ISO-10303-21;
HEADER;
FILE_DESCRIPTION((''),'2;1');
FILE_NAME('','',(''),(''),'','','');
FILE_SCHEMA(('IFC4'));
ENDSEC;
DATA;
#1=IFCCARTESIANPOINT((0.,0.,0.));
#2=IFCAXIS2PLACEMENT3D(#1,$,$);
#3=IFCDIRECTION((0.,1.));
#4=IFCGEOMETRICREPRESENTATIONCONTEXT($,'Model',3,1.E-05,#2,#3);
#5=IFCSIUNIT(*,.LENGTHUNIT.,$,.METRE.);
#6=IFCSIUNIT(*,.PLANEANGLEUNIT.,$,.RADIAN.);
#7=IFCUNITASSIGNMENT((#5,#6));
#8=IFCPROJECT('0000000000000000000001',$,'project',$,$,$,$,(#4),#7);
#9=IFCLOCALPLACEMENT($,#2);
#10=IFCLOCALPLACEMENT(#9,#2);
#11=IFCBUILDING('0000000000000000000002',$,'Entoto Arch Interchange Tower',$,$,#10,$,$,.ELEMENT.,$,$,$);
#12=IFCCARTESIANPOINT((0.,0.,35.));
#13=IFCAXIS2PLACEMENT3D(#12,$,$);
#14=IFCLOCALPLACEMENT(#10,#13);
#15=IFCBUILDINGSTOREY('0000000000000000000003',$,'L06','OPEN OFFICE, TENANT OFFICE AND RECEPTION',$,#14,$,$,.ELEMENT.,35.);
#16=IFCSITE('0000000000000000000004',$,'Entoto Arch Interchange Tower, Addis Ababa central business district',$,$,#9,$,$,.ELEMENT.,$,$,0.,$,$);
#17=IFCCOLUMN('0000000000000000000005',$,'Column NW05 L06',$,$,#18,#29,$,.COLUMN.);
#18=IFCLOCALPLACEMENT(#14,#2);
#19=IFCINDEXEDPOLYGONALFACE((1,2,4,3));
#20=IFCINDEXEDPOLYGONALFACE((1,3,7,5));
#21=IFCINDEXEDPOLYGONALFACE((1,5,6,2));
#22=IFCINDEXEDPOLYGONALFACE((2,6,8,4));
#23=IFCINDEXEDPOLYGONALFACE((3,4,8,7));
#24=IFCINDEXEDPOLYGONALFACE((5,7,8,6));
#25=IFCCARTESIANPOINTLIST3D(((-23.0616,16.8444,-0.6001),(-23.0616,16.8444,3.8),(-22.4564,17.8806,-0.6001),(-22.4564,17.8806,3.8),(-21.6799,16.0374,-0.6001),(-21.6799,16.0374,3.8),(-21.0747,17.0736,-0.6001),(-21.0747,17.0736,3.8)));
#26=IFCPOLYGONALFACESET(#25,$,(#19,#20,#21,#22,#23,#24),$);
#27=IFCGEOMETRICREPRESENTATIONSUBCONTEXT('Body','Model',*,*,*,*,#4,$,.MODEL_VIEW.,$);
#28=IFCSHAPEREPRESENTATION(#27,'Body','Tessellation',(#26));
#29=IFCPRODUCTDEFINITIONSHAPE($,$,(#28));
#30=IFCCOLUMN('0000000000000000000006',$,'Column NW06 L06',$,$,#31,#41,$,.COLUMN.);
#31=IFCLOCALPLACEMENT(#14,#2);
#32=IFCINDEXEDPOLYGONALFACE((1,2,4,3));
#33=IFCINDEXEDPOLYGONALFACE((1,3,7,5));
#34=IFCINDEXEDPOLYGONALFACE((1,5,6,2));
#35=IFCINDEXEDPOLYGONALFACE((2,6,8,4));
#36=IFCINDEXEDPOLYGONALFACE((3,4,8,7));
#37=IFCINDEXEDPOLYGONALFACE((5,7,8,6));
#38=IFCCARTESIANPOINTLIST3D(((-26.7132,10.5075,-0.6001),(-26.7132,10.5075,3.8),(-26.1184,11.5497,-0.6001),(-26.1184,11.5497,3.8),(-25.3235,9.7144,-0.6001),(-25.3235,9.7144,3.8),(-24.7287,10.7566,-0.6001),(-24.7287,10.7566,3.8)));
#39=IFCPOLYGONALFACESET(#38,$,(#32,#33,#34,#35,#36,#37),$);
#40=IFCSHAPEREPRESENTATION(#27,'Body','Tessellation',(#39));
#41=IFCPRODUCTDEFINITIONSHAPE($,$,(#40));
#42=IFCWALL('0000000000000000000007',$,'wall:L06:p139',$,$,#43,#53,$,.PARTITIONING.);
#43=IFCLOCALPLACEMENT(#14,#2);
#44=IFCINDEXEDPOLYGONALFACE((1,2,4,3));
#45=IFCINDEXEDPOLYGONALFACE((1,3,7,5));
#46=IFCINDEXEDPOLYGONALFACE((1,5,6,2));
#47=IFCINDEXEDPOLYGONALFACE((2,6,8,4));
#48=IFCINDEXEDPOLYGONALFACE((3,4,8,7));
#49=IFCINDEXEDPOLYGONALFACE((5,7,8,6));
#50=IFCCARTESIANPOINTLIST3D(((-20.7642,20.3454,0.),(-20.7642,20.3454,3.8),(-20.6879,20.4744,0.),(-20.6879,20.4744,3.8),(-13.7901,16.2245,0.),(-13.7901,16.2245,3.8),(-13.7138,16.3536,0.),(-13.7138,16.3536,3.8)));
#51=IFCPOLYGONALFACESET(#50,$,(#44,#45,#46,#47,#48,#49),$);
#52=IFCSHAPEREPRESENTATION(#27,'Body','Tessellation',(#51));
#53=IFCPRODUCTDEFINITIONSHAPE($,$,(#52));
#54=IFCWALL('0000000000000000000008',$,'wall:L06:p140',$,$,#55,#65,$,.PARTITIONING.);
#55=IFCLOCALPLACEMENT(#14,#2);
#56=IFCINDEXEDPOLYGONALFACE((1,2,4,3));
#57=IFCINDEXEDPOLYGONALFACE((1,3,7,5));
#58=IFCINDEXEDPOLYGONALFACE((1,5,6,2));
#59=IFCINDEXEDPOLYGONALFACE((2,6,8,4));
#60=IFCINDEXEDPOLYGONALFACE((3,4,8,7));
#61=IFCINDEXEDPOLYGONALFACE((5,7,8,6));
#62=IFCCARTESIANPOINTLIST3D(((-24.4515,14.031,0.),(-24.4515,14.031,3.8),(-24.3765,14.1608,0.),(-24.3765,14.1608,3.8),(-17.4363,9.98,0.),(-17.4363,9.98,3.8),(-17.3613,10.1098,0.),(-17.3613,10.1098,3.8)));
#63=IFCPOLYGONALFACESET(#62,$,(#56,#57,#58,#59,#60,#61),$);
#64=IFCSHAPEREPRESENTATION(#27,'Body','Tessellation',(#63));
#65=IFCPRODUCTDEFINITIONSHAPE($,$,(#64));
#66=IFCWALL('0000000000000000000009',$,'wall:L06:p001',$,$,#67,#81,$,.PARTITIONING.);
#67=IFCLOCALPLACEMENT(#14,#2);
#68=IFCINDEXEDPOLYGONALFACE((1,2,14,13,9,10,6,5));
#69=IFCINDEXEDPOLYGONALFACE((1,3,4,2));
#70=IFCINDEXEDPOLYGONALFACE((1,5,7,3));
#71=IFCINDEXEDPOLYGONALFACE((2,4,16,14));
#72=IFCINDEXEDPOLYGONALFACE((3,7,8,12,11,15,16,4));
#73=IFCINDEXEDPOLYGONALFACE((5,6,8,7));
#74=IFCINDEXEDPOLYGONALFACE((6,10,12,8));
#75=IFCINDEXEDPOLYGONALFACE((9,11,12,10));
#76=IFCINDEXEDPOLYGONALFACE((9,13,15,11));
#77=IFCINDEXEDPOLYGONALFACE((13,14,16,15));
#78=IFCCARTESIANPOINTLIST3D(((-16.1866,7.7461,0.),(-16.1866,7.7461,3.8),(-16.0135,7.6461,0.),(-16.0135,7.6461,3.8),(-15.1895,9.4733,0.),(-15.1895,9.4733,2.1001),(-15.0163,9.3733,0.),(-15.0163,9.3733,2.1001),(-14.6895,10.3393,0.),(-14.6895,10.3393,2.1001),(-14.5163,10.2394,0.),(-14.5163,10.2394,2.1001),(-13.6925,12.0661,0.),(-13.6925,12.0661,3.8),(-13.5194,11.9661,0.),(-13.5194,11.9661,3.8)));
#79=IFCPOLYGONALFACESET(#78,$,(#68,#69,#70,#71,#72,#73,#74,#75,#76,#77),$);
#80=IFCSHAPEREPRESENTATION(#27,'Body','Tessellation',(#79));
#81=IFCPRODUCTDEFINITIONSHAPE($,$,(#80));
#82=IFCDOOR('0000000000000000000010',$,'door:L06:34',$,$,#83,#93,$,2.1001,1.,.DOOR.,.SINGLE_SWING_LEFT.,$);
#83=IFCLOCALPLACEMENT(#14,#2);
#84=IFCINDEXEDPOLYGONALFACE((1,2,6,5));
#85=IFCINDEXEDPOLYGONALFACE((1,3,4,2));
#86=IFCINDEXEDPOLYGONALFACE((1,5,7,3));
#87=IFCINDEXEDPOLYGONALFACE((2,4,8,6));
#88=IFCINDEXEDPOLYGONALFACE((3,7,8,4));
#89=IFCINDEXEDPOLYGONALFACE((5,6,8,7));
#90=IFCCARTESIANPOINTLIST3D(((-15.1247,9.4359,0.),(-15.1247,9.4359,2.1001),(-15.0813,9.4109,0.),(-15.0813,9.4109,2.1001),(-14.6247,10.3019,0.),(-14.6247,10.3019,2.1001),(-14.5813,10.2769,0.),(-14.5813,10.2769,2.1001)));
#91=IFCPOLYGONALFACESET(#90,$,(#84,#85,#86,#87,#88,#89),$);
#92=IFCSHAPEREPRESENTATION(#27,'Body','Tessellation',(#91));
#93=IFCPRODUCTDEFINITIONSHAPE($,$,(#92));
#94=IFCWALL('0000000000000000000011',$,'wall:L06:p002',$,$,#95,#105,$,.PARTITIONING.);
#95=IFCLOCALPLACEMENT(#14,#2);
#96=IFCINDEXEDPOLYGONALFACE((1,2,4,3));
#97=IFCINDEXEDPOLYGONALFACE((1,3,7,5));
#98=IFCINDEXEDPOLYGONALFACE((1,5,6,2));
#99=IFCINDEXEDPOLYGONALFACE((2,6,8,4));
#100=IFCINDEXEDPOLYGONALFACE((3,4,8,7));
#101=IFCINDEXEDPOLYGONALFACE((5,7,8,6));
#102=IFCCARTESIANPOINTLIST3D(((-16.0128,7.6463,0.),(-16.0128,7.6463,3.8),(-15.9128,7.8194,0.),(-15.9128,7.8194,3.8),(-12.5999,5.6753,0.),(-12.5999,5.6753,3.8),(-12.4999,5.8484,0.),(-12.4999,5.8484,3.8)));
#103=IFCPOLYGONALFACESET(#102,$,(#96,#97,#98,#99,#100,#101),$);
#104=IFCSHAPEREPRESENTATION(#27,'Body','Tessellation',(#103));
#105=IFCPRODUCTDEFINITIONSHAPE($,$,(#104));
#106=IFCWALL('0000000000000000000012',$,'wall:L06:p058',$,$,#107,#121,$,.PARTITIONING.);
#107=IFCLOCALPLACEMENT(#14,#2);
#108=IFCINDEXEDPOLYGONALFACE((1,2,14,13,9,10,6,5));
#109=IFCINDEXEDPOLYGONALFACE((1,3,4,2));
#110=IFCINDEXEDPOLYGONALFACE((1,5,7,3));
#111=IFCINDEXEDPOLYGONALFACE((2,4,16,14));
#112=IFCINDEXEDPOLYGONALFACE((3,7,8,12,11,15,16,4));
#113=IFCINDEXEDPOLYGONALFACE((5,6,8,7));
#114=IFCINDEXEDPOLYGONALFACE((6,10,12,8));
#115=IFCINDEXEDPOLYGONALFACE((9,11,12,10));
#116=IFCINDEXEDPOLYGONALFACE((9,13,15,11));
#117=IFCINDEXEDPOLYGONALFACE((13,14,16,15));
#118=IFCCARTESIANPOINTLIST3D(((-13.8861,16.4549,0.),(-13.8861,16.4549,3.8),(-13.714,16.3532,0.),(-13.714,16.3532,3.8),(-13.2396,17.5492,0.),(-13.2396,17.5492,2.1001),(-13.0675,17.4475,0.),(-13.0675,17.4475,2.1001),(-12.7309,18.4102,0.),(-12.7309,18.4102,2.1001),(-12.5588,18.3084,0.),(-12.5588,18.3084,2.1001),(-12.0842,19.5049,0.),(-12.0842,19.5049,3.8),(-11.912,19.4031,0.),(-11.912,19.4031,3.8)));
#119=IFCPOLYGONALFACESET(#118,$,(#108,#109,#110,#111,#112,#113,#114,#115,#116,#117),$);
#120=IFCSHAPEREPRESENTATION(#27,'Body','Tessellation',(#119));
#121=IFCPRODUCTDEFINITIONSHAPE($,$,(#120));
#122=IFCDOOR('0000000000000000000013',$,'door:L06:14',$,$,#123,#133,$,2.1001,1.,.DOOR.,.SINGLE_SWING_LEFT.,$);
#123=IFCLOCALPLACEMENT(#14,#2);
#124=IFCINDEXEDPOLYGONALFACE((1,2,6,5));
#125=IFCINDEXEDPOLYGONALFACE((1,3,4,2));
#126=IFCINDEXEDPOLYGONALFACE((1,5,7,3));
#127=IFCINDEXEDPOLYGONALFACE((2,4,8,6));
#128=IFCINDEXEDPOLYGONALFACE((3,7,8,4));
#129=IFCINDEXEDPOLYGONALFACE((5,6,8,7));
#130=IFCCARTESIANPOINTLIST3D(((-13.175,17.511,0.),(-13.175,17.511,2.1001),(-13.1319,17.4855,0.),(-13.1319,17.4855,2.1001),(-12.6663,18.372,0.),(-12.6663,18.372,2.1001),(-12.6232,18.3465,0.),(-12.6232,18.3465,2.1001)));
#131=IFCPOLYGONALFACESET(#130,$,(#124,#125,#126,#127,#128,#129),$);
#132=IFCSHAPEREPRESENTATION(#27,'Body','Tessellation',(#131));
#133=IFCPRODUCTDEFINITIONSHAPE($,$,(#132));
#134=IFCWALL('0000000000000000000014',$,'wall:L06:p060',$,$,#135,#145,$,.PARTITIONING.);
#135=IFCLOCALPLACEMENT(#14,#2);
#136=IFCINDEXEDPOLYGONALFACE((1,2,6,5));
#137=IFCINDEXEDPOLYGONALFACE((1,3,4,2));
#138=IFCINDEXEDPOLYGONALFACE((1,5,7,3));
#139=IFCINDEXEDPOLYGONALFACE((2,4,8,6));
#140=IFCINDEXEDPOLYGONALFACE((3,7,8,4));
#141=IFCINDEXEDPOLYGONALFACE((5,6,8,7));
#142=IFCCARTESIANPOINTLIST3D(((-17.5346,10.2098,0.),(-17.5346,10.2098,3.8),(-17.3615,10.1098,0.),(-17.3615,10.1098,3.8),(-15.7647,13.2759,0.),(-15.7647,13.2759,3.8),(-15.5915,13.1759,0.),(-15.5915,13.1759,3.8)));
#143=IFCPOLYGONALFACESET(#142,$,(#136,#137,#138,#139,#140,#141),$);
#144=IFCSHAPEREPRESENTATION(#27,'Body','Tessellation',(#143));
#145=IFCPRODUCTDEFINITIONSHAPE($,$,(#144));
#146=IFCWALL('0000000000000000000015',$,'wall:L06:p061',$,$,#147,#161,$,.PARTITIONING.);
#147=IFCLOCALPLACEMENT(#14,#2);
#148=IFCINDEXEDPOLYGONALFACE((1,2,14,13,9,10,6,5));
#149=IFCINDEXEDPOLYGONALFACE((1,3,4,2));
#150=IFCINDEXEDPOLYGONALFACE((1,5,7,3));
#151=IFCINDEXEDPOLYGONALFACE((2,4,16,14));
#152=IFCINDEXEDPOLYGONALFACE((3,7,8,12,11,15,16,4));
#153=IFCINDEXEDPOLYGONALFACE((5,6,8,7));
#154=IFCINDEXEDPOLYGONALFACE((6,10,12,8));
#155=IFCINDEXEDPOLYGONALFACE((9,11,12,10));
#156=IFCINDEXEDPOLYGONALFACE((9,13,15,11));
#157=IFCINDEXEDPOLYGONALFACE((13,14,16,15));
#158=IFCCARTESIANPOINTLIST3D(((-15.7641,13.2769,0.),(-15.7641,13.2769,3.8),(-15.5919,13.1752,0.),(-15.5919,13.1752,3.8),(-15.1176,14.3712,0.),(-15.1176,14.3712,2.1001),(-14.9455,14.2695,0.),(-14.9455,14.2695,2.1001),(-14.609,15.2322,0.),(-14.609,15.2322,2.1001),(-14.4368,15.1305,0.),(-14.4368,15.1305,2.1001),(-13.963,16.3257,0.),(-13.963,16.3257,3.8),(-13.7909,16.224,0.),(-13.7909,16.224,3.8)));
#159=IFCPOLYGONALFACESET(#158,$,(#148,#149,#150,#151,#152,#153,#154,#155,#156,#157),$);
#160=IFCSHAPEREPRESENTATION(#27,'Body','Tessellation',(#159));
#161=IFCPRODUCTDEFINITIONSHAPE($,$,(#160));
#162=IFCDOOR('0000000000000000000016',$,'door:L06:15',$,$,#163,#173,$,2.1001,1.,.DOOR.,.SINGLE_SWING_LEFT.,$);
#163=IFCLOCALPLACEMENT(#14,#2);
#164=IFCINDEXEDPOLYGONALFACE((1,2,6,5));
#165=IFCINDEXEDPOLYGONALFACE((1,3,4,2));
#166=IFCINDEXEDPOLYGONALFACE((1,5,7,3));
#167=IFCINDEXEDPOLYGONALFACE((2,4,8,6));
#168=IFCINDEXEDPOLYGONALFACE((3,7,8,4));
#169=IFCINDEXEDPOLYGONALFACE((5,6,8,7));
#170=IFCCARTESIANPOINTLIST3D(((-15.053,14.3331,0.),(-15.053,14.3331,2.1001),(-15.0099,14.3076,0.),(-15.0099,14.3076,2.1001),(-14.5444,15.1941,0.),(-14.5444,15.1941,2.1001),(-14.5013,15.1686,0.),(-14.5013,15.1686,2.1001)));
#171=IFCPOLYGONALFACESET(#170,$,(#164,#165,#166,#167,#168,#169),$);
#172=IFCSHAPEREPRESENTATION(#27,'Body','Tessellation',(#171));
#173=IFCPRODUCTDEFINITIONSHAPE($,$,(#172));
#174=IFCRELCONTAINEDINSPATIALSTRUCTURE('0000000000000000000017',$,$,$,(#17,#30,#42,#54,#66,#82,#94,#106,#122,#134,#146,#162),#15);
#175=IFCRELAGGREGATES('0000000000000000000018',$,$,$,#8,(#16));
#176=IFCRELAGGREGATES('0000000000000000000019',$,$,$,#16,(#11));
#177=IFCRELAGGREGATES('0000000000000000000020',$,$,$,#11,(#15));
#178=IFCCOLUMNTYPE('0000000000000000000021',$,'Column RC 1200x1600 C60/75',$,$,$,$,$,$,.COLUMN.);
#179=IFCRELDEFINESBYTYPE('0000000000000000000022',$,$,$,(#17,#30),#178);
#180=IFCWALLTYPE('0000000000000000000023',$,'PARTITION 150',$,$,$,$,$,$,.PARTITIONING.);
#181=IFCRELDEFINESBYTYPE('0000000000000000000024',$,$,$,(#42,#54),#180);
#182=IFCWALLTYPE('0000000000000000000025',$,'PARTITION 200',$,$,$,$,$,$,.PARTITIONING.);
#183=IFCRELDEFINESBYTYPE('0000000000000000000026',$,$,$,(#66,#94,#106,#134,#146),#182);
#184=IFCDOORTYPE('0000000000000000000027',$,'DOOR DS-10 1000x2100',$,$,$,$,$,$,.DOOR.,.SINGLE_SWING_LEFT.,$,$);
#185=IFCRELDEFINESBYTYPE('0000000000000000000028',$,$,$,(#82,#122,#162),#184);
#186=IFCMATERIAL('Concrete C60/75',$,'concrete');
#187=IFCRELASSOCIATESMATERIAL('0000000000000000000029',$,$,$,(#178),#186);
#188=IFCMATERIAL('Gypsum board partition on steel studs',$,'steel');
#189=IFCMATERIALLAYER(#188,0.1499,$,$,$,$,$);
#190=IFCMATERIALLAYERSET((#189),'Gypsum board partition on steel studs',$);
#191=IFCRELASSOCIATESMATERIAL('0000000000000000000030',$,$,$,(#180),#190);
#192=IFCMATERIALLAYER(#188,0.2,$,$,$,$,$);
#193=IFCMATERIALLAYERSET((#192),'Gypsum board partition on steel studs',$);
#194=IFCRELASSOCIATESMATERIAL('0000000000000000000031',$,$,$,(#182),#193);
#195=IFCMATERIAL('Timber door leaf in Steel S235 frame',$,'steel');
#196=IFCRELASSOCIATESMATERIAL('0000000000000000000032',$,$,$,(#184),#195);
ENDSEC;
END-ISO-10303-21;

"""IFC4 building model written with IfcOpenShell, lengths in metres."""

from ifc_helpers import new_model, si_unit, direction, frame, frame_2d, origin, origin_2d, place, context, subcontext, project, spatial, rectangle, extrude, material, layer, layer_set, material_profile, profile_set, type_object, element, fill, save


model = new_model("IFC4")

# Units and contexts
model_context = context("Model", 3, precision=1e-05, world=origin(), true_north=direction((0.0, 1.0)))
body_context = subcontext(model_context, "Body", "Model", "MODEL_VIEW")
ifc_project = project(units=[si_unit("LENGTHUNIT", "METRE"), si_unit("PLANEANGLEUNIT", "RADIAN")], contexts=[model_context])

# Site, building, storey
site_placement = place(None, origin())
site = spatial("IfcSite", under=ifc_project, at=site_placement, Name="Entoto Arch Interchange Tower, Addis Ababa central business district", CompositionType="ELEMENT", RefElevation=0.0)
building_placement = place(site_placement, origin())
building = spatial("IfcBuilding", under=site, at=building_placement, Name="Entoto Arch Interchange Tower", CompositionType="ELEMENT")
storey_placement = place(building_placement, frame((0.0, 0.0, 35.0)))
storey = spatial("IfcBuildingStorey", under=building, at=storey_placement, Name="L06", Description="OPEN OFFICE, TENANT OFFICE AND RECEPTION", CompositionType="ELEMENT", Elevation=35.0)

# Columns
ifc_material_1 = material(Name="Concrete C60/75", Category="concrete")
ifc_material_profile = material_profile(ifc_material_1, rectangle(XDim=1.2, YDim=1.6001, at=origin_2d()))
ifc_profile_set = profile_set([ifc_material_profile], Name="Concrete C60/75")
column_type = type_object("IfcColumnType", Name="Column RC 1200x1600 C60/75", PredefinedType="COLUMN", material=ifc_profile_set)
for number, where, z_axis, x_axis, name in (
    (1, (-22.0681, 16.959, -0.6001), (0.0, 0.0, 1.0), (0.504332, 0.86351, 0.0), "Column NW05 L06"),
    (2, (-25.7209, 10.6321, -0.6001), (0.0, 0.0, 1.0), (0.495656, 0.868519, 0.0), "Column NW06 L06"),
):
    element("IfcColumn", number, at=place(storey_placement, frame(where, z_axis=z_axis, x_axis=x_axis)), inside=storey, type_object=column_type, Name=name, PredefinedType="COLUMN", context=body_context, shape_type="SweptSolid", body=[
        extrude(rectangle(XDim=1.2, YDim=1.6001, at=origin_2d()), origin(), (0.0, 0.0, 1.0), 4.4001),
    ])

# Walls
ifc_material_2 = material(Name="Gypsum board partition on steel studs", Category="steel")
ifc_layer_1 = layer(ifc_material_2, 0.1499)
ifc_layer_set_1 = layer_set([ifc_layer_1], Name="Gypsum board partition on steel studs")
wall_type_1 = type_object("IfcWallType", Name="PARTITION 150", PredefinedType="PARTITIONING", material=ifc_layer_set_1)
wall_1_placement = place(storey_placement, frame((-13.752, 16.2891, 0.0), z_axis=(0.0, 0.0, 1.0), x_axis=(-0.860939, 0.508709, 0.0)))
element("IfcWall", 3, at=wall_1_placement, inside=storey, type_object=wall_type_1, Name="wall:L06:p139", PredefinedType="PARTITIONING", context=body_context, shape_type="SweptSolid", body=[
    extrude(rectangle(XDim=8.1006, YDim=0.1499, at=frame_2d((4.0503, 0.0))), origin(), (0.0, 0.0, 1.0), 3.8),
])
wall_2_placement = place(storey_placement, frame((-17.3989, 10.0449, 0.0), z_axis=(0.0, 0.0, 1.0), x_axis=(-0.865981, 0.500077, 0.0)))
element("IfcWall", 4, at=wall_2_placement, inside=storey, type_object=wall_type_1, Name="wall:L06:p140", PredefinedType="PARTITIONING", context=body_context, shape_type="SweptSolid", body=[
    extrude(rectangle(XDim=8.1008, YDim=0.1499, at=frame_2d((4.0503, 0.0))), origin(), (0.0, 0.0, 1.0), 3.8),
])

# Wall, opening, door
ifc_layer_2 = layer(ifc_material_2, 0.2)
ifc_layer_set_2 = layer_set([ifc_layer_2], Name="Gypsum board partition on steel studs")
wall_type_2 = type_object("IfcWallType", Name="PARTITION 200", PredefinedType="PARTITIONING", material=ifc_layer_set_2)
wall_3_placement = place(storey_placement, frame((-13.606, 12.0161, 0.0), z_axis=(0.0, 0.0, 1.0), x_axis=(-0.499992, -0.86603, 0.0)))
wall_3 = element("IfcWall", 5, at=wall_3_placement, inside=storey, type_object=wall_type_2, Name="wall:L06:p001", PredefinedType="PARTITIONING", context=body_context, shape_type="SweptSolid", body=[
    extrude(rectangle(XDim=4.9883, YDim=0.2, at=frame_2d((2.4941, 0.0))), origin(), (0.0, 0.0, 1.0), 3.8),
])
opening_1_placement = place(wall_3_placement, frame((1.9939, 0.0, 0.0)))
opening_1 = element("IfcOpeningElement", 6, at=opening_1_placement, cuts=wall_3, PredefinedType="OPENING", context=body_context, shape_type="SweptSolid", body=[
    extrude(rectangle(XDim=1.0, YDim=2.1001, at=frame_2d((0.5, 1.05))), frame((0.0, 0.1099, 0.0), z_axis=(0.0, -1.0, 0.0), x_axis=(1.0, 0.0, 0.0)), (0.0, 0.0, 1.0), 0.22),
])
ifc_material_3 = material(Name="Timber door leaf in Steel S235 frame", Category="steel")
door_type = type_object("IfcDoorType", Name="DOOR DS-10 1000x2100", OperationType="SINGLE_SWING_LEFT", PredefinedType="DOOR", material=ifc_material_3)
door_1_placement = place(opening_1_placement, origin())
door_1 = element("IfcDoor", 7, at=door_1_placement, inside=storey, type_object=door_type, Name="door:L06:34", OperationType="SINGLE_SWING_LEFT", OverallHeight=2.1001, OverallWidth=1.0, PredefinedType="DOOR", context=body_context, shape_type="SweptSolid", body=[
    extrude(rectangle(XDim=1.0, YDim=2.1001, at=frame_2d((0.5, 1.05))), frame((0.0, 0.0249, 0.0), z_axis=(0.0, -1.0, 0.0), x_axis=(1.0, 0.0, 0.0)), (0.0, 0.0, 1.0), 0.05),
])
fill(opening_1, door_1)

# Wall
wall_4_placement = place(storey_placement, frame((-15.9629, 7.7329, 0.0), z_axis=(0.0, 0.0, 1.0), x_axis=(0.865966, -0.500103, 0.0)))
element("IfcWall", 8, at=wall_4_placement, inside=storey, type_object=wall_type_2, Name="wall:L06:p002", PredefinedType="PARTITIONING", context=body_context, shape_type="SweptSolid", body=[
    extrude(rectangle(XDim=3.9412, YDim=0.2, at=frame_2d((1.9707, 0.0))), origin(), (0.0, 0.0, 1.0), 3.8),
])

# Wall, opening, door
wall_5_placement = place(storey_placement, frame((-13.8, 16.4041, 0.0), z_axis=(0.0, 0.0, 1.0), x_axis=(0.508667, 0.860964, 0.0)))
wall_5 = element("IfcWall", 9, at=wall_5_placement, inside=storey, type_object=wall_type_2, Name="wall:L06:p058", PredefinedType="PARTITIONING", context=body_context, shape_type="SweptSolid", body=[
    extrude(rectangle(XDim=3.5425, YDim=0.2, at=frame_2d((1.7712, 0.0))), origin(), (0.0, 0.0, 1.0), 3.8),
])
opening_2_placement = place(wall_5_placement, frame((1.271, 0.0, 0.0)))
opening_2 = element("IfcOpeningElement", 10, at=opening_2_placement, cuts=wall_5, PredefinedType="OPENING", context=body_context, shape_type="SweptSolid", body=[
    extrude(rectangle(XDim=1.0, YDim=2.1001, at=frame_2d((0.5, 1.05))), frame((0.0, 0.1099, 0.0), z_axis=(0.0, -1.0, 0.0), x_axis=(1.0, 0.0, 0.0)), (0.0, 0.0, 1.0), 0.22),
])
door_2_placement = place(opening_2_placement, origin())
door_2 = element("IfcDoor", 11, at=door_2_placement, inside=storey, type_object=door_type, Name="door:L06:14", OperationType="SINGLE_SWING_LEFT", OverallHeight=2.1001, OverallWidth=1.0, PredefinedType="DOOR", context=body_context, shape_type="SweptSolid", body=[
    extrude(rectangle(XDim=1.0, YDim=2.1001, at=frame_2d((0.5, 1.05))), frame((0.0, 0.0249, 0.0), z_axis=(0.0, -1.0, 0.0), x_axis=(1.0, 0.0, 0.0)), (0.0, 0.0, 1.0), 0.05),
])
fill(opening_2, door_2)

# Wall
wall_6_placement = place(storey_placement, frame((-17.448, 10.1599, 0.0), z_axis=(0.0, 0.0, 1.0), x_axis=(0.499951, 0.866054, 0.0)))
element("IfcWall", 12, at=wall_6_placement, inside=storey, type_object=wall_type_2, Name="wall:L06:p060", PredefinedType="PARTITIONING", context=body_context, shape_type="SweptSolid", body=[
    extrude(rectangle(XDim=3.5403, YDim=0.2, at=frame_2d((1.77, 0.0))), origin(), (0.0, 0.0, 1.0), 3.8),
])

# Wall, opening, door
wall_7_placement = place(storey_placement, frame((-15.678, 13.2261, 0.0), z_axis=(0.0, 0.0, 1.0), x_axis=(0.508613, 0.860995, 0.0)))
wall_7 = element("IfcWall", 13, at=wall_7_placement, inside=storey, type_object=wall_type_2, Name="wall:L06:p061", PredefinedType="PARTITIONING", context=body_context, shape_type="SweptSolid", body=[
    extrude(rectangle(XDim=3.541, YDim=0.2, at=frame_2d((1.7705, 0.0))), origin(), (0.0, 0.0, 1.0), 3.8),
])
opening_3_placement = place(wall_7_placement, frame((1.271, 0.0, 0.0)))
opening_3 = element("IfcOpeningElement", 14, at=opening_3_placement, cuts=wall_7, PredefinedType="OPENING", context=body_context, shape_type="SweptSolid", body=[
    extrude(rectangle(XDim=1.0, YDim=2.1001, at=frame_2d((0.5, 1.05))), frame((0.0, 0.1099, 0.0), z_axis=(0.0, -1.0, 0.0), x_axis=(1.0, 0.0, 0.0)), (0.0, 0.0, 1.0), 0.22),
])
door_3_placement = place(opening_3_placement, origin())
door_3 = element("IfcDoor", 15, at=door_3_placement, inside=storey, type_object=door_type, Name="door:L06:15", OperationType="SINGLE_SWING_LEFT", OverallHeight=2.1001, OverallWidth=1.0, PredefinedType="DOOR", context=body_context, shape_type="SweptSolid", body=[
    extrude(rectangle(XDim=1.0, YDim=2.1001, at=frame_2d((0.5, 1.05))), frame((0.0, 0.0249, 0.0), z_axis=(0.0, -1.0, 0.0), x_axis=(1.0, 0.0, 0.0)), (0.0, 0.0, 1.0), 0.05),
])
fill(opening_3, door_3)

save(model, "model.ifc")
